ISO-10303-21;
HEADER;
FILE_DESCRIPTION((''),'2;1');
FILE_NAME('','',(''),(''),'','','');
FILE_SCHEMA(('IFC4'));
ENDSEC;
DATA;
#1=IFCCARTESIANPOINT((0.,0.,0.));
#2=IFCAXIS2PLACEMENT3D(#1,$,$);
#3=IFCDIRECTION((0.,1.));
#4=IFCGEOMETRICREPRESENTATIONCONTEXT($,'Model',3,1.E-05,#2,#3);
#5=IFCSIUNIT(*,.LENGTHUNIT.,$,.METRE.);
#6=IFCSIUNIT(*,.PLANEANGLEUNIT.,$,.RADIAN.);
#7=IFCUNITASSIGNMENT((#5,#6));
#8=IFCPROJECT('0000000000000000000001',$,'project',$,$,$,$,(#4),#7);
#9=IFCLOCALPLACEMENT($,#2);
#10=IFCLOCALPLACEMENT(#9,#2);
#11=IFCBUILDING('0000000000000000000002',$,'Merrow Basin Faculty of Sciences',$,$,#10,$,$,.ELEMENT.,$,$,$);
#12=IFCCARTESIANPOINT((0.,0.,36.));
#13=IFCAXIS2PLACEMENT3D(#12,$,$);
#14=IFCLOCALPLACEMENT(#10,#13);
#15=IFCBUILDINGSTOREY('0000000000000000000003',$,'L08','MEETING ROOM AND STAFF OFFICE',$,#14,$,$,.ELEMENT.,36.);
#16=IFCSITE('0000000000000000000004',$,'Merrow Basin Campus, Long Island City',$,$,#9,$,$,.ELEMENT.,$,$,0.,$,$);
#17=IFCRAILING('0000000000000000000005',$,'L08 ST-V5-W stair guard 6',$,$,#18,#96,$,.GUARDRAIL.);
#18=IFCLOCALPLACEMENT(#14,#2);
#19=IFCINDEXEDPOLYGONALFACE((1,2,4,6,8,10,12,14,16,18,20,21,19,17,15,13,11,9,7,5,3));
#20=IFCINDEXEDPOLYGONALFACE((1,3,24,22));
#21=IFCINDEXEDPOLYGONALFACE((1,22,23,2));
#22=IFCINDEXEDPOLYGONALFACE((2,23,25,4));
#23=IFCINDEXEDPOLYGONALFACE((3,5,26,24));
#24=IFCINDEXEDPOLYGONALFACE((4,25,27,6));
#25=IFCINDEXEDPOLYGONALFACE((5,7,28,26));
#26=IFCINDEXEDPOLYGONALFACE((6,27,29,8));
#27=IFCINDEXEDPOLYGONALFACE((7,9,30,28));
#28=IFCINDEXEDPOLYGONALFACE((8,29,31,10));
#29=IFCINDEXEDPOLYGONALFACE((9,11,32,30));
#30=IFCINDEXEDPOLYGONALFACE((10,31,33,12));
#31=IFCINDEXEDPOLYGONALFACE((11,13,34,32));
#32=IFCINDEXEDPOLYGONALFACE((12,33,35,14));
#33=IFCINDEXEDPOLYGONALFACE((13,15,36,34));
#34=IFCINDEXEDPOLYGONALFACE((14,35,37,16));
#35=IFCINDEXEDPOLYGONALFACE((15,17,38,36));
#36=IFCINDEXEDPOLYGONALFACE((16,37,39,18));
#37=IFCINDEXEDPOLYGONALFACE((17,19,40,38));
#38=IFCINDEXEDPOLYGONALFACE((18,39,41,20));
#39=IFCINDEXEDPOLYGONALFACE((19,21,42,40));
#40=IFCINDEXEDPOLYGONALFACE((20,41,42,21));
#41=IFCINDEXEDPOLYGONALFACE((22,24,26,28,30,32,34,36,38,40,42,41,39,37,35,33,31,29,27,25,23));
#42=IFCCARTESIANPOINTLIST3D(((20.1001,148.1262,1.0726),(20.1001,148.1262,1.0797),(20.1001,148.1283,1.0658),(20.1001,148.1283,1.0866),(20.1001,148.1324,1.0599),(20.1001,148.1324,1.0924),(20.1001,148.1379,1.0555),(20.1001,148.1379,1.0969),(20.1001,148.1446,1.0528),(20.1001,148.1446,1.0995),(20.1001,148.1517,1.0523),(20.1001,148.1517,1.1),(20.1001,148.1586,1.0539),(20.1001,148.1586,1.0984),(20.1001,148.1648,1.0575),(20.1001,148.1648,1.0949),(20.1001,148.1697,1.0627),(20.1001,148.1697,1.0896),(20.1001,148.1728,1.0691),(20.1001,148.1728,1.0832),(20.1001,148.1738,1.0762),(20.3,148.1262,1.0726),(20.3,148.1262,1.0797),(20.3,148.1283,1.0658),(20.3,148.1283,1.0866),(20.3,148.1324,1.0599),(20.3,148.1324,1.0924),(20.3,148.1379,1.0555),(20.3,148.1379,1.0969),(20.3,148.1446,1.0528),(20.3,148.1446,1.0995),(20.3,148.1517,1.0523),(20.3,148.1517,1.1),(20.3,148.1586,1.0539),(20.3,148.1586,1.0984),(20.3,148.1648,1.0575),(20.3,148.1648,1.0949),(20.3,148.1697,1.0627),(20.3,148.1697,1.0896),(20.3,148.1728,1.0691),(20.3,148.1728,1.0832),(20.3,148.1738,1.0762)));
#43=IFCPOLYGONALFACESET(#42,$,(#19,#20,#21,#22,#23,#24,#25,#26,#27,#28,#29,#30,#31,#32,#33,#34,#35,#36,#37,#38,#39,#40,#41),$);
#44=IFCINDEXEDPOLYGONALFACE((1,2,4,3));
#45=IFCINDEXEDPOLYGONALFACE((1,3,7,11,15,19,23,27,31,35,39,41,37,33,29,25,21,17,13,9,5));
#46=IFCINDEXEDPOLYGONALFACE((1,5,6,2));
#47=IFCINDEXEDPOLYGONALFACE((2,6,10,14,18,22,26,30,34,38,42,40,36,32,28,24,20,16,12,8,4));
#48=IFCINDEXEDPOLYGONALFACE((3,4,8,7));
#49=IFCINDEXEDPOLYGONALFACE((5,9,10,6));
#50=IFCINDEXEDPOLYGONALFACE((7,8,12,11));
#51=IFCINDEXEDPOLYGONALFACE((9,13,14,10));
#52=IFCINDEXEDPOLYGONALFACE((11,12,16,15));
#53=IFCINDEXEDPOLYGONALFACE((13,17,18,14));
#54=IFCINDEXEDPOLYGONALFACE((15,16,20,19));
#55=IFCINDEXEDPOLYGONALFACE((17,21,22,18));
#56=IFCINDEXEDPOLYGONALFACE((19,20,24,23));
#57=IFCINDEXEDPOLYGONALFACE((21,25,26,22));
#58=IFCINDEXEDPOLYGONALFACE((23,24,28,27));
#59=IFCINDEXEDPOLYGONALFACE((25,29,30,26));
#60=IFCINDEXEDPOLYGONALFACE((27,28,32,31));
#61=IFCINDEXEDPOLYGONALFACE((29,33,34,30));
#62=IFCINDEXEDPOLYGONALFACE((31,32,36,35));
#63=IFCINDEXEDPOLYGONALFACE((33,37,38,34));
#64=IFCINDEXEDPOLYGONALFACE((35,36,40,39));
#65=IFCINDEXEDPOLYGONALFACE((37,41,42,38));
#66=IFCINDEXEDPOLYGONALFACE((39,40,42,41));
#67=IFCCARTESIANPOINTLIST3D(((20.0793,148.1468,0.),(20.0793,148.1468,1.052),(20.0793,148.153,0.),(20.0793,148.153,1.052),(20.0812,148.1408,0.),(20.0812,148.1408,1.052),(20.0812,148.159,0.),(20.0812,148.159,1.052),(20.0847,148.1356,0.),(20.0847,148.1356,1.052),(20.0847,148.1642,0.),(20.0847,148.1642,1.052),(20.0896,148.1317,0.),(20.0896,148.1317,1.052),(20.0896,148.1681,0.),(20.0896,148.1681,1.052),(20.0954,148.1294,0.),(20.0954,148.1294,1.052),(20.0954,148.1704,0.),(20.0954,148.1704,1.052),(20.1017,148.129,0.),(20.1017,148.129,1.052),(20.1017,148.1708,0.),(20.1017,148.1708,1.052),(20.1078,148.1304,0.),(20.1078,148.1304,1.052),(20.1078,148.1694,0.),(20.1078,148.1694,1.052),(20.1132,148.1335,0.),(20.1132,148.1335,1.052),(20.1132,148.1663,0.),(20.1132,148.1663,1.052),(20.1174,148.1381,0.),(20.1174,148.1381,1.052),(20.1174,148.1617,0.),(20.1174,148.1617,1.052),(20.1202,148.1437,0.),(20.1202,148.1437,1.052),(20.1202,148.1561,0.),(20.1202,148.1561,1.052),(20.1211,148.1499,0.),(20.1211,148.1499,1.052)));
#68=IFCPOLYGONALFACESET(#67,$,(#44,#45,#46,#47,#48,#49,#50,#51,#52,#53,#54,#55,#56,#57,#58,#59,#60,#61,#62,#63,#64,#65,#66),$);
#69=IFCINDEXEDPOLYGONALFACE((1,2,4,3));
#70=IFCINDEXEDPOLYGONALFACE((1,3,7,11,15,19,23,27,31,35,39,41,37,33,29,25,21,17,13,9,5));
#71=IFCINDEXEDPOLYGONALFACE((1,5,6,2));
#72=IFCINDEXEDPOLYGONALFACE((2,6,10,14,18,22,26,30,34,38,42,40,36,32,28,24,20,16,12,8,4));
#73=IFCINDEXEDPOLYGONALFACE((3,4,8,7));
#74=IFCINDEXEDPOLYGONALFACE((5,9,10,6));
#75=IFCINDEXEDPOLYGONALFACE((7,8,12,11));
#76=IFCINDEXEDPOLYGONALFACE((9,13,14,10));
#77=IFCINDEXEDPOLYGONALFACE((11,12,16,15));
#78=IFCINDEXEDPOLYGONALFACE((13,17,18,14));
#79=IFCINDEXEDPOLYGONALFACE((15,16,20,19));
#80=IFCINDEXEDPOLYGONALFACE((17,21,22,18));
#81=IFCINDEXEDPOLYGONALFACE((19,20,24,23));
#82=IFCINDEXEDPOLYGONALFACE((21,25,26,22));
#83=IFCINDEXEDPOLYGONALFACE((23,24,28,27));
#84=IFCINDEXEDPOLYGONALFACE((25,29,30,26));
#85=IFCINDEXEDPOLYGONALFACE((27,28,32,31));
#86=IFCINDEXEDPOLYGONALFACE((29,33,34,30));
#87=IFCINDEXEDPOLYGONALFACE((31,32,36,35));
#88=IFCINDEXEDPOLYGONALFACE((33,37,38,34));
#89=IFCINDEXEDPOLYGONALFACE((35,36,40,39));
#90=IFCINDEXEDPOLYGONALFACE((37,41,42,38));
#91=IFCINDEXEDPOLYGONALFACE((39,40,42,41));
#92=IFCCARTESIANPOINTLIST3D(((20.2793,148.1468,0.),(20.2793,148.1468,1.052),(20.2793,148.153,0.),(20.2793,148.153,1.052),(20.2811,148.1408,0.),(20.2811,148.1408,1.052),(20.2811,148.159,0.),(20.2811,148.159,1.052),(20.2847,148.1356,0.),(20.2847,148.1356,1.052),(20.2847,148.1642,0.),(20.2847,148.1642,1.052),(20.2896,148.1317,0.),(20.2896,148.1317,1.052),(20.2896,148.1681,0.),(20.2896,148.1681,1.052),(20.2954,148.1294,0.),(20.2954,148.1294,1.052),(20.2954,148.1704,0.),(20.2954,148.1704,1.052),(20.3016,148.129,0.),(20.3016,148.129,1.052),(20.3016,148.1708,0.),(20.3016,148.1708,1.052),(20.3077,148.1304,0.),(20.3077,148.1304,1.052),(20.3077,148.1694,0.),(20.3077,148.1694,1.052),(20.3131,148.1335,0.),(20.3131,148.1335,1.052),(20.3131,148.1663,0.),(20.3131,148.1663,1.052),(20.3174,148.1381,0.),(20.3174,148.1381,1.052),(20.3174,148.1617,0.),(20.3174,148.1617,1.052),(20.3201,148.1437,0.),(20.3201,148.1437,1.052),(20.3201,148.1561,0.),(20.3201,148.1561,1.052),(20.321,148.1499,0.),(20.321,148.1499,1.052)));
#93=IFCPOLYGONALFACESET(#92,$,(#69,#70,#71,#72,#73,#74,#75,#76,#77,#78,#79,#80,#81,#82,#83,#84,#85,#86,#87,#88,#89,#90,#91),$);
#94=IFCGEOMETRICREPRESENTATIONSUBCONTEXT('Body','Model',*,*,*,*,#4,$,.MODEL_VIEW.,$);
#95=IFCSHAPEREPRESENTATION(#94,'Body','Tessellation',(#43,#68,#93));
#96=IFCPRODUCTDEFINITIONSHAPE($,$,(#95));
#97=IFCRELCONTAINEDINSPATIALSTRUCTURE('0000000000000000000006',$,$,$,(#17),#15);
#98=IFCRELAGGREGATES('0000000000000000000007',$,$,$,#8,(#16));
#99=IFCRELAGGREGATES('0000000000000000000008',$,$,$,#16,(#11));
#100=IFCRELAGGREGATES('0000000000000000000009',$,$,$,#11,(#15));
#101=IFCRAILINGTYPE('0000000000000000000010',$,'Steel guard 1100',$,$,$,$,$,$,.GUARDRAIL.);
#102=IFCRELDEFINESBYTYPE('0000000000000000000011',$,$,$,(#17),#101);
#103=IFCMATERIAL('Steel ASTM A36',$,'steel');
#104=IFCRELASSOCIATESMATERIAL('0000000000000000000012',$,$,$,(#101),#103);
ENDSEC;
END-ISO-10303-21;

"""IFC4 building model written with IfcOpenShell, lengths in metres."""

from ifc_helpers import new_model, si_unit, direction, frame, origin, origin_2d, place, context, subcontext, project, spatial, circle, extrude, material, type_object, element, save


model = new_model("IFC4")

# Units and contexts
model_context = context("Model", 3, precision=1e-05, world=origin(), true_north=direction((0.0, 1.0)))
body_context = subcontext(model_context, "Body", "Model", "MODEL_VIEW")
ifc_project = project(units=[si_unit("LENGTHUNIT", "METRE"), si_unit("PLANEANGLEUNIT", "RADIAN")], contexts=[model_context])

# Site, building, storey
site_placement = place(None, origin())
site = spatial("IfcSite", under=ifc_project, at=site_placement, Name="Merrow Basin Campus, Long Island City", CompositionType="ELEMENT", RefElevation=0.0)
building_placement = place(site_placement, origin())
building = spatial("IfcBuilding", under=site, at=building_placement, Name="Merrow Basin Faculty of Sciences", CompositionType="ELEMENT")
storey_placement = place(building_placement, frame((0.0, 0.0, 36.0)))
storey = spatial("IfcBuildingStorey", under=building, at=storey_placement, Name="L08", Description="MEETING ROOM AND STAFF OFFICE", CompositionType="ELEMENT", Elevation=36.0)

# Railing
ifc_material_1 = material(Name="Steel ASTM A36", Category="steel")
railing_type_1 = type_object("IfcRailingType", Name="Steel guard 1100", PredefinedType="GUARDRAIL", material=ifc_material_1)
railing_1_placement = place(storey_placement, frame((20.1001, 148.1499, 0.0)))
element("IfcRailing", 1, at=railing_1_placement, inside=storey, type_object=railing_type_1, Name="L08 ST-V5-W stair guard 6", PredefinedType="GUARDRAIL", context=body_context, shape_type="SweptSolid", body=[
    extrude(circle(Radius=0.0239, at=origin_2d()), frame((0.0, 0.0, 1.0762), z_axis=(1.0, 0.0, 0.0), x_axis=(0.0, 1.0, 0.0)), (0.0, 0.0, 1.0), 0.2),
    extrude(circle(Radius=0.021, at=origin_2d()), origin(), (0.0, 0.0, 1.0), 1.052),
    extrude(circle(Radius=0.021, at=origin_2d()), frame((0.2, 0.0, 0.0)), (0.0, 0.0, 1.0), 1.052),
])

save(model, "model.ifc")
